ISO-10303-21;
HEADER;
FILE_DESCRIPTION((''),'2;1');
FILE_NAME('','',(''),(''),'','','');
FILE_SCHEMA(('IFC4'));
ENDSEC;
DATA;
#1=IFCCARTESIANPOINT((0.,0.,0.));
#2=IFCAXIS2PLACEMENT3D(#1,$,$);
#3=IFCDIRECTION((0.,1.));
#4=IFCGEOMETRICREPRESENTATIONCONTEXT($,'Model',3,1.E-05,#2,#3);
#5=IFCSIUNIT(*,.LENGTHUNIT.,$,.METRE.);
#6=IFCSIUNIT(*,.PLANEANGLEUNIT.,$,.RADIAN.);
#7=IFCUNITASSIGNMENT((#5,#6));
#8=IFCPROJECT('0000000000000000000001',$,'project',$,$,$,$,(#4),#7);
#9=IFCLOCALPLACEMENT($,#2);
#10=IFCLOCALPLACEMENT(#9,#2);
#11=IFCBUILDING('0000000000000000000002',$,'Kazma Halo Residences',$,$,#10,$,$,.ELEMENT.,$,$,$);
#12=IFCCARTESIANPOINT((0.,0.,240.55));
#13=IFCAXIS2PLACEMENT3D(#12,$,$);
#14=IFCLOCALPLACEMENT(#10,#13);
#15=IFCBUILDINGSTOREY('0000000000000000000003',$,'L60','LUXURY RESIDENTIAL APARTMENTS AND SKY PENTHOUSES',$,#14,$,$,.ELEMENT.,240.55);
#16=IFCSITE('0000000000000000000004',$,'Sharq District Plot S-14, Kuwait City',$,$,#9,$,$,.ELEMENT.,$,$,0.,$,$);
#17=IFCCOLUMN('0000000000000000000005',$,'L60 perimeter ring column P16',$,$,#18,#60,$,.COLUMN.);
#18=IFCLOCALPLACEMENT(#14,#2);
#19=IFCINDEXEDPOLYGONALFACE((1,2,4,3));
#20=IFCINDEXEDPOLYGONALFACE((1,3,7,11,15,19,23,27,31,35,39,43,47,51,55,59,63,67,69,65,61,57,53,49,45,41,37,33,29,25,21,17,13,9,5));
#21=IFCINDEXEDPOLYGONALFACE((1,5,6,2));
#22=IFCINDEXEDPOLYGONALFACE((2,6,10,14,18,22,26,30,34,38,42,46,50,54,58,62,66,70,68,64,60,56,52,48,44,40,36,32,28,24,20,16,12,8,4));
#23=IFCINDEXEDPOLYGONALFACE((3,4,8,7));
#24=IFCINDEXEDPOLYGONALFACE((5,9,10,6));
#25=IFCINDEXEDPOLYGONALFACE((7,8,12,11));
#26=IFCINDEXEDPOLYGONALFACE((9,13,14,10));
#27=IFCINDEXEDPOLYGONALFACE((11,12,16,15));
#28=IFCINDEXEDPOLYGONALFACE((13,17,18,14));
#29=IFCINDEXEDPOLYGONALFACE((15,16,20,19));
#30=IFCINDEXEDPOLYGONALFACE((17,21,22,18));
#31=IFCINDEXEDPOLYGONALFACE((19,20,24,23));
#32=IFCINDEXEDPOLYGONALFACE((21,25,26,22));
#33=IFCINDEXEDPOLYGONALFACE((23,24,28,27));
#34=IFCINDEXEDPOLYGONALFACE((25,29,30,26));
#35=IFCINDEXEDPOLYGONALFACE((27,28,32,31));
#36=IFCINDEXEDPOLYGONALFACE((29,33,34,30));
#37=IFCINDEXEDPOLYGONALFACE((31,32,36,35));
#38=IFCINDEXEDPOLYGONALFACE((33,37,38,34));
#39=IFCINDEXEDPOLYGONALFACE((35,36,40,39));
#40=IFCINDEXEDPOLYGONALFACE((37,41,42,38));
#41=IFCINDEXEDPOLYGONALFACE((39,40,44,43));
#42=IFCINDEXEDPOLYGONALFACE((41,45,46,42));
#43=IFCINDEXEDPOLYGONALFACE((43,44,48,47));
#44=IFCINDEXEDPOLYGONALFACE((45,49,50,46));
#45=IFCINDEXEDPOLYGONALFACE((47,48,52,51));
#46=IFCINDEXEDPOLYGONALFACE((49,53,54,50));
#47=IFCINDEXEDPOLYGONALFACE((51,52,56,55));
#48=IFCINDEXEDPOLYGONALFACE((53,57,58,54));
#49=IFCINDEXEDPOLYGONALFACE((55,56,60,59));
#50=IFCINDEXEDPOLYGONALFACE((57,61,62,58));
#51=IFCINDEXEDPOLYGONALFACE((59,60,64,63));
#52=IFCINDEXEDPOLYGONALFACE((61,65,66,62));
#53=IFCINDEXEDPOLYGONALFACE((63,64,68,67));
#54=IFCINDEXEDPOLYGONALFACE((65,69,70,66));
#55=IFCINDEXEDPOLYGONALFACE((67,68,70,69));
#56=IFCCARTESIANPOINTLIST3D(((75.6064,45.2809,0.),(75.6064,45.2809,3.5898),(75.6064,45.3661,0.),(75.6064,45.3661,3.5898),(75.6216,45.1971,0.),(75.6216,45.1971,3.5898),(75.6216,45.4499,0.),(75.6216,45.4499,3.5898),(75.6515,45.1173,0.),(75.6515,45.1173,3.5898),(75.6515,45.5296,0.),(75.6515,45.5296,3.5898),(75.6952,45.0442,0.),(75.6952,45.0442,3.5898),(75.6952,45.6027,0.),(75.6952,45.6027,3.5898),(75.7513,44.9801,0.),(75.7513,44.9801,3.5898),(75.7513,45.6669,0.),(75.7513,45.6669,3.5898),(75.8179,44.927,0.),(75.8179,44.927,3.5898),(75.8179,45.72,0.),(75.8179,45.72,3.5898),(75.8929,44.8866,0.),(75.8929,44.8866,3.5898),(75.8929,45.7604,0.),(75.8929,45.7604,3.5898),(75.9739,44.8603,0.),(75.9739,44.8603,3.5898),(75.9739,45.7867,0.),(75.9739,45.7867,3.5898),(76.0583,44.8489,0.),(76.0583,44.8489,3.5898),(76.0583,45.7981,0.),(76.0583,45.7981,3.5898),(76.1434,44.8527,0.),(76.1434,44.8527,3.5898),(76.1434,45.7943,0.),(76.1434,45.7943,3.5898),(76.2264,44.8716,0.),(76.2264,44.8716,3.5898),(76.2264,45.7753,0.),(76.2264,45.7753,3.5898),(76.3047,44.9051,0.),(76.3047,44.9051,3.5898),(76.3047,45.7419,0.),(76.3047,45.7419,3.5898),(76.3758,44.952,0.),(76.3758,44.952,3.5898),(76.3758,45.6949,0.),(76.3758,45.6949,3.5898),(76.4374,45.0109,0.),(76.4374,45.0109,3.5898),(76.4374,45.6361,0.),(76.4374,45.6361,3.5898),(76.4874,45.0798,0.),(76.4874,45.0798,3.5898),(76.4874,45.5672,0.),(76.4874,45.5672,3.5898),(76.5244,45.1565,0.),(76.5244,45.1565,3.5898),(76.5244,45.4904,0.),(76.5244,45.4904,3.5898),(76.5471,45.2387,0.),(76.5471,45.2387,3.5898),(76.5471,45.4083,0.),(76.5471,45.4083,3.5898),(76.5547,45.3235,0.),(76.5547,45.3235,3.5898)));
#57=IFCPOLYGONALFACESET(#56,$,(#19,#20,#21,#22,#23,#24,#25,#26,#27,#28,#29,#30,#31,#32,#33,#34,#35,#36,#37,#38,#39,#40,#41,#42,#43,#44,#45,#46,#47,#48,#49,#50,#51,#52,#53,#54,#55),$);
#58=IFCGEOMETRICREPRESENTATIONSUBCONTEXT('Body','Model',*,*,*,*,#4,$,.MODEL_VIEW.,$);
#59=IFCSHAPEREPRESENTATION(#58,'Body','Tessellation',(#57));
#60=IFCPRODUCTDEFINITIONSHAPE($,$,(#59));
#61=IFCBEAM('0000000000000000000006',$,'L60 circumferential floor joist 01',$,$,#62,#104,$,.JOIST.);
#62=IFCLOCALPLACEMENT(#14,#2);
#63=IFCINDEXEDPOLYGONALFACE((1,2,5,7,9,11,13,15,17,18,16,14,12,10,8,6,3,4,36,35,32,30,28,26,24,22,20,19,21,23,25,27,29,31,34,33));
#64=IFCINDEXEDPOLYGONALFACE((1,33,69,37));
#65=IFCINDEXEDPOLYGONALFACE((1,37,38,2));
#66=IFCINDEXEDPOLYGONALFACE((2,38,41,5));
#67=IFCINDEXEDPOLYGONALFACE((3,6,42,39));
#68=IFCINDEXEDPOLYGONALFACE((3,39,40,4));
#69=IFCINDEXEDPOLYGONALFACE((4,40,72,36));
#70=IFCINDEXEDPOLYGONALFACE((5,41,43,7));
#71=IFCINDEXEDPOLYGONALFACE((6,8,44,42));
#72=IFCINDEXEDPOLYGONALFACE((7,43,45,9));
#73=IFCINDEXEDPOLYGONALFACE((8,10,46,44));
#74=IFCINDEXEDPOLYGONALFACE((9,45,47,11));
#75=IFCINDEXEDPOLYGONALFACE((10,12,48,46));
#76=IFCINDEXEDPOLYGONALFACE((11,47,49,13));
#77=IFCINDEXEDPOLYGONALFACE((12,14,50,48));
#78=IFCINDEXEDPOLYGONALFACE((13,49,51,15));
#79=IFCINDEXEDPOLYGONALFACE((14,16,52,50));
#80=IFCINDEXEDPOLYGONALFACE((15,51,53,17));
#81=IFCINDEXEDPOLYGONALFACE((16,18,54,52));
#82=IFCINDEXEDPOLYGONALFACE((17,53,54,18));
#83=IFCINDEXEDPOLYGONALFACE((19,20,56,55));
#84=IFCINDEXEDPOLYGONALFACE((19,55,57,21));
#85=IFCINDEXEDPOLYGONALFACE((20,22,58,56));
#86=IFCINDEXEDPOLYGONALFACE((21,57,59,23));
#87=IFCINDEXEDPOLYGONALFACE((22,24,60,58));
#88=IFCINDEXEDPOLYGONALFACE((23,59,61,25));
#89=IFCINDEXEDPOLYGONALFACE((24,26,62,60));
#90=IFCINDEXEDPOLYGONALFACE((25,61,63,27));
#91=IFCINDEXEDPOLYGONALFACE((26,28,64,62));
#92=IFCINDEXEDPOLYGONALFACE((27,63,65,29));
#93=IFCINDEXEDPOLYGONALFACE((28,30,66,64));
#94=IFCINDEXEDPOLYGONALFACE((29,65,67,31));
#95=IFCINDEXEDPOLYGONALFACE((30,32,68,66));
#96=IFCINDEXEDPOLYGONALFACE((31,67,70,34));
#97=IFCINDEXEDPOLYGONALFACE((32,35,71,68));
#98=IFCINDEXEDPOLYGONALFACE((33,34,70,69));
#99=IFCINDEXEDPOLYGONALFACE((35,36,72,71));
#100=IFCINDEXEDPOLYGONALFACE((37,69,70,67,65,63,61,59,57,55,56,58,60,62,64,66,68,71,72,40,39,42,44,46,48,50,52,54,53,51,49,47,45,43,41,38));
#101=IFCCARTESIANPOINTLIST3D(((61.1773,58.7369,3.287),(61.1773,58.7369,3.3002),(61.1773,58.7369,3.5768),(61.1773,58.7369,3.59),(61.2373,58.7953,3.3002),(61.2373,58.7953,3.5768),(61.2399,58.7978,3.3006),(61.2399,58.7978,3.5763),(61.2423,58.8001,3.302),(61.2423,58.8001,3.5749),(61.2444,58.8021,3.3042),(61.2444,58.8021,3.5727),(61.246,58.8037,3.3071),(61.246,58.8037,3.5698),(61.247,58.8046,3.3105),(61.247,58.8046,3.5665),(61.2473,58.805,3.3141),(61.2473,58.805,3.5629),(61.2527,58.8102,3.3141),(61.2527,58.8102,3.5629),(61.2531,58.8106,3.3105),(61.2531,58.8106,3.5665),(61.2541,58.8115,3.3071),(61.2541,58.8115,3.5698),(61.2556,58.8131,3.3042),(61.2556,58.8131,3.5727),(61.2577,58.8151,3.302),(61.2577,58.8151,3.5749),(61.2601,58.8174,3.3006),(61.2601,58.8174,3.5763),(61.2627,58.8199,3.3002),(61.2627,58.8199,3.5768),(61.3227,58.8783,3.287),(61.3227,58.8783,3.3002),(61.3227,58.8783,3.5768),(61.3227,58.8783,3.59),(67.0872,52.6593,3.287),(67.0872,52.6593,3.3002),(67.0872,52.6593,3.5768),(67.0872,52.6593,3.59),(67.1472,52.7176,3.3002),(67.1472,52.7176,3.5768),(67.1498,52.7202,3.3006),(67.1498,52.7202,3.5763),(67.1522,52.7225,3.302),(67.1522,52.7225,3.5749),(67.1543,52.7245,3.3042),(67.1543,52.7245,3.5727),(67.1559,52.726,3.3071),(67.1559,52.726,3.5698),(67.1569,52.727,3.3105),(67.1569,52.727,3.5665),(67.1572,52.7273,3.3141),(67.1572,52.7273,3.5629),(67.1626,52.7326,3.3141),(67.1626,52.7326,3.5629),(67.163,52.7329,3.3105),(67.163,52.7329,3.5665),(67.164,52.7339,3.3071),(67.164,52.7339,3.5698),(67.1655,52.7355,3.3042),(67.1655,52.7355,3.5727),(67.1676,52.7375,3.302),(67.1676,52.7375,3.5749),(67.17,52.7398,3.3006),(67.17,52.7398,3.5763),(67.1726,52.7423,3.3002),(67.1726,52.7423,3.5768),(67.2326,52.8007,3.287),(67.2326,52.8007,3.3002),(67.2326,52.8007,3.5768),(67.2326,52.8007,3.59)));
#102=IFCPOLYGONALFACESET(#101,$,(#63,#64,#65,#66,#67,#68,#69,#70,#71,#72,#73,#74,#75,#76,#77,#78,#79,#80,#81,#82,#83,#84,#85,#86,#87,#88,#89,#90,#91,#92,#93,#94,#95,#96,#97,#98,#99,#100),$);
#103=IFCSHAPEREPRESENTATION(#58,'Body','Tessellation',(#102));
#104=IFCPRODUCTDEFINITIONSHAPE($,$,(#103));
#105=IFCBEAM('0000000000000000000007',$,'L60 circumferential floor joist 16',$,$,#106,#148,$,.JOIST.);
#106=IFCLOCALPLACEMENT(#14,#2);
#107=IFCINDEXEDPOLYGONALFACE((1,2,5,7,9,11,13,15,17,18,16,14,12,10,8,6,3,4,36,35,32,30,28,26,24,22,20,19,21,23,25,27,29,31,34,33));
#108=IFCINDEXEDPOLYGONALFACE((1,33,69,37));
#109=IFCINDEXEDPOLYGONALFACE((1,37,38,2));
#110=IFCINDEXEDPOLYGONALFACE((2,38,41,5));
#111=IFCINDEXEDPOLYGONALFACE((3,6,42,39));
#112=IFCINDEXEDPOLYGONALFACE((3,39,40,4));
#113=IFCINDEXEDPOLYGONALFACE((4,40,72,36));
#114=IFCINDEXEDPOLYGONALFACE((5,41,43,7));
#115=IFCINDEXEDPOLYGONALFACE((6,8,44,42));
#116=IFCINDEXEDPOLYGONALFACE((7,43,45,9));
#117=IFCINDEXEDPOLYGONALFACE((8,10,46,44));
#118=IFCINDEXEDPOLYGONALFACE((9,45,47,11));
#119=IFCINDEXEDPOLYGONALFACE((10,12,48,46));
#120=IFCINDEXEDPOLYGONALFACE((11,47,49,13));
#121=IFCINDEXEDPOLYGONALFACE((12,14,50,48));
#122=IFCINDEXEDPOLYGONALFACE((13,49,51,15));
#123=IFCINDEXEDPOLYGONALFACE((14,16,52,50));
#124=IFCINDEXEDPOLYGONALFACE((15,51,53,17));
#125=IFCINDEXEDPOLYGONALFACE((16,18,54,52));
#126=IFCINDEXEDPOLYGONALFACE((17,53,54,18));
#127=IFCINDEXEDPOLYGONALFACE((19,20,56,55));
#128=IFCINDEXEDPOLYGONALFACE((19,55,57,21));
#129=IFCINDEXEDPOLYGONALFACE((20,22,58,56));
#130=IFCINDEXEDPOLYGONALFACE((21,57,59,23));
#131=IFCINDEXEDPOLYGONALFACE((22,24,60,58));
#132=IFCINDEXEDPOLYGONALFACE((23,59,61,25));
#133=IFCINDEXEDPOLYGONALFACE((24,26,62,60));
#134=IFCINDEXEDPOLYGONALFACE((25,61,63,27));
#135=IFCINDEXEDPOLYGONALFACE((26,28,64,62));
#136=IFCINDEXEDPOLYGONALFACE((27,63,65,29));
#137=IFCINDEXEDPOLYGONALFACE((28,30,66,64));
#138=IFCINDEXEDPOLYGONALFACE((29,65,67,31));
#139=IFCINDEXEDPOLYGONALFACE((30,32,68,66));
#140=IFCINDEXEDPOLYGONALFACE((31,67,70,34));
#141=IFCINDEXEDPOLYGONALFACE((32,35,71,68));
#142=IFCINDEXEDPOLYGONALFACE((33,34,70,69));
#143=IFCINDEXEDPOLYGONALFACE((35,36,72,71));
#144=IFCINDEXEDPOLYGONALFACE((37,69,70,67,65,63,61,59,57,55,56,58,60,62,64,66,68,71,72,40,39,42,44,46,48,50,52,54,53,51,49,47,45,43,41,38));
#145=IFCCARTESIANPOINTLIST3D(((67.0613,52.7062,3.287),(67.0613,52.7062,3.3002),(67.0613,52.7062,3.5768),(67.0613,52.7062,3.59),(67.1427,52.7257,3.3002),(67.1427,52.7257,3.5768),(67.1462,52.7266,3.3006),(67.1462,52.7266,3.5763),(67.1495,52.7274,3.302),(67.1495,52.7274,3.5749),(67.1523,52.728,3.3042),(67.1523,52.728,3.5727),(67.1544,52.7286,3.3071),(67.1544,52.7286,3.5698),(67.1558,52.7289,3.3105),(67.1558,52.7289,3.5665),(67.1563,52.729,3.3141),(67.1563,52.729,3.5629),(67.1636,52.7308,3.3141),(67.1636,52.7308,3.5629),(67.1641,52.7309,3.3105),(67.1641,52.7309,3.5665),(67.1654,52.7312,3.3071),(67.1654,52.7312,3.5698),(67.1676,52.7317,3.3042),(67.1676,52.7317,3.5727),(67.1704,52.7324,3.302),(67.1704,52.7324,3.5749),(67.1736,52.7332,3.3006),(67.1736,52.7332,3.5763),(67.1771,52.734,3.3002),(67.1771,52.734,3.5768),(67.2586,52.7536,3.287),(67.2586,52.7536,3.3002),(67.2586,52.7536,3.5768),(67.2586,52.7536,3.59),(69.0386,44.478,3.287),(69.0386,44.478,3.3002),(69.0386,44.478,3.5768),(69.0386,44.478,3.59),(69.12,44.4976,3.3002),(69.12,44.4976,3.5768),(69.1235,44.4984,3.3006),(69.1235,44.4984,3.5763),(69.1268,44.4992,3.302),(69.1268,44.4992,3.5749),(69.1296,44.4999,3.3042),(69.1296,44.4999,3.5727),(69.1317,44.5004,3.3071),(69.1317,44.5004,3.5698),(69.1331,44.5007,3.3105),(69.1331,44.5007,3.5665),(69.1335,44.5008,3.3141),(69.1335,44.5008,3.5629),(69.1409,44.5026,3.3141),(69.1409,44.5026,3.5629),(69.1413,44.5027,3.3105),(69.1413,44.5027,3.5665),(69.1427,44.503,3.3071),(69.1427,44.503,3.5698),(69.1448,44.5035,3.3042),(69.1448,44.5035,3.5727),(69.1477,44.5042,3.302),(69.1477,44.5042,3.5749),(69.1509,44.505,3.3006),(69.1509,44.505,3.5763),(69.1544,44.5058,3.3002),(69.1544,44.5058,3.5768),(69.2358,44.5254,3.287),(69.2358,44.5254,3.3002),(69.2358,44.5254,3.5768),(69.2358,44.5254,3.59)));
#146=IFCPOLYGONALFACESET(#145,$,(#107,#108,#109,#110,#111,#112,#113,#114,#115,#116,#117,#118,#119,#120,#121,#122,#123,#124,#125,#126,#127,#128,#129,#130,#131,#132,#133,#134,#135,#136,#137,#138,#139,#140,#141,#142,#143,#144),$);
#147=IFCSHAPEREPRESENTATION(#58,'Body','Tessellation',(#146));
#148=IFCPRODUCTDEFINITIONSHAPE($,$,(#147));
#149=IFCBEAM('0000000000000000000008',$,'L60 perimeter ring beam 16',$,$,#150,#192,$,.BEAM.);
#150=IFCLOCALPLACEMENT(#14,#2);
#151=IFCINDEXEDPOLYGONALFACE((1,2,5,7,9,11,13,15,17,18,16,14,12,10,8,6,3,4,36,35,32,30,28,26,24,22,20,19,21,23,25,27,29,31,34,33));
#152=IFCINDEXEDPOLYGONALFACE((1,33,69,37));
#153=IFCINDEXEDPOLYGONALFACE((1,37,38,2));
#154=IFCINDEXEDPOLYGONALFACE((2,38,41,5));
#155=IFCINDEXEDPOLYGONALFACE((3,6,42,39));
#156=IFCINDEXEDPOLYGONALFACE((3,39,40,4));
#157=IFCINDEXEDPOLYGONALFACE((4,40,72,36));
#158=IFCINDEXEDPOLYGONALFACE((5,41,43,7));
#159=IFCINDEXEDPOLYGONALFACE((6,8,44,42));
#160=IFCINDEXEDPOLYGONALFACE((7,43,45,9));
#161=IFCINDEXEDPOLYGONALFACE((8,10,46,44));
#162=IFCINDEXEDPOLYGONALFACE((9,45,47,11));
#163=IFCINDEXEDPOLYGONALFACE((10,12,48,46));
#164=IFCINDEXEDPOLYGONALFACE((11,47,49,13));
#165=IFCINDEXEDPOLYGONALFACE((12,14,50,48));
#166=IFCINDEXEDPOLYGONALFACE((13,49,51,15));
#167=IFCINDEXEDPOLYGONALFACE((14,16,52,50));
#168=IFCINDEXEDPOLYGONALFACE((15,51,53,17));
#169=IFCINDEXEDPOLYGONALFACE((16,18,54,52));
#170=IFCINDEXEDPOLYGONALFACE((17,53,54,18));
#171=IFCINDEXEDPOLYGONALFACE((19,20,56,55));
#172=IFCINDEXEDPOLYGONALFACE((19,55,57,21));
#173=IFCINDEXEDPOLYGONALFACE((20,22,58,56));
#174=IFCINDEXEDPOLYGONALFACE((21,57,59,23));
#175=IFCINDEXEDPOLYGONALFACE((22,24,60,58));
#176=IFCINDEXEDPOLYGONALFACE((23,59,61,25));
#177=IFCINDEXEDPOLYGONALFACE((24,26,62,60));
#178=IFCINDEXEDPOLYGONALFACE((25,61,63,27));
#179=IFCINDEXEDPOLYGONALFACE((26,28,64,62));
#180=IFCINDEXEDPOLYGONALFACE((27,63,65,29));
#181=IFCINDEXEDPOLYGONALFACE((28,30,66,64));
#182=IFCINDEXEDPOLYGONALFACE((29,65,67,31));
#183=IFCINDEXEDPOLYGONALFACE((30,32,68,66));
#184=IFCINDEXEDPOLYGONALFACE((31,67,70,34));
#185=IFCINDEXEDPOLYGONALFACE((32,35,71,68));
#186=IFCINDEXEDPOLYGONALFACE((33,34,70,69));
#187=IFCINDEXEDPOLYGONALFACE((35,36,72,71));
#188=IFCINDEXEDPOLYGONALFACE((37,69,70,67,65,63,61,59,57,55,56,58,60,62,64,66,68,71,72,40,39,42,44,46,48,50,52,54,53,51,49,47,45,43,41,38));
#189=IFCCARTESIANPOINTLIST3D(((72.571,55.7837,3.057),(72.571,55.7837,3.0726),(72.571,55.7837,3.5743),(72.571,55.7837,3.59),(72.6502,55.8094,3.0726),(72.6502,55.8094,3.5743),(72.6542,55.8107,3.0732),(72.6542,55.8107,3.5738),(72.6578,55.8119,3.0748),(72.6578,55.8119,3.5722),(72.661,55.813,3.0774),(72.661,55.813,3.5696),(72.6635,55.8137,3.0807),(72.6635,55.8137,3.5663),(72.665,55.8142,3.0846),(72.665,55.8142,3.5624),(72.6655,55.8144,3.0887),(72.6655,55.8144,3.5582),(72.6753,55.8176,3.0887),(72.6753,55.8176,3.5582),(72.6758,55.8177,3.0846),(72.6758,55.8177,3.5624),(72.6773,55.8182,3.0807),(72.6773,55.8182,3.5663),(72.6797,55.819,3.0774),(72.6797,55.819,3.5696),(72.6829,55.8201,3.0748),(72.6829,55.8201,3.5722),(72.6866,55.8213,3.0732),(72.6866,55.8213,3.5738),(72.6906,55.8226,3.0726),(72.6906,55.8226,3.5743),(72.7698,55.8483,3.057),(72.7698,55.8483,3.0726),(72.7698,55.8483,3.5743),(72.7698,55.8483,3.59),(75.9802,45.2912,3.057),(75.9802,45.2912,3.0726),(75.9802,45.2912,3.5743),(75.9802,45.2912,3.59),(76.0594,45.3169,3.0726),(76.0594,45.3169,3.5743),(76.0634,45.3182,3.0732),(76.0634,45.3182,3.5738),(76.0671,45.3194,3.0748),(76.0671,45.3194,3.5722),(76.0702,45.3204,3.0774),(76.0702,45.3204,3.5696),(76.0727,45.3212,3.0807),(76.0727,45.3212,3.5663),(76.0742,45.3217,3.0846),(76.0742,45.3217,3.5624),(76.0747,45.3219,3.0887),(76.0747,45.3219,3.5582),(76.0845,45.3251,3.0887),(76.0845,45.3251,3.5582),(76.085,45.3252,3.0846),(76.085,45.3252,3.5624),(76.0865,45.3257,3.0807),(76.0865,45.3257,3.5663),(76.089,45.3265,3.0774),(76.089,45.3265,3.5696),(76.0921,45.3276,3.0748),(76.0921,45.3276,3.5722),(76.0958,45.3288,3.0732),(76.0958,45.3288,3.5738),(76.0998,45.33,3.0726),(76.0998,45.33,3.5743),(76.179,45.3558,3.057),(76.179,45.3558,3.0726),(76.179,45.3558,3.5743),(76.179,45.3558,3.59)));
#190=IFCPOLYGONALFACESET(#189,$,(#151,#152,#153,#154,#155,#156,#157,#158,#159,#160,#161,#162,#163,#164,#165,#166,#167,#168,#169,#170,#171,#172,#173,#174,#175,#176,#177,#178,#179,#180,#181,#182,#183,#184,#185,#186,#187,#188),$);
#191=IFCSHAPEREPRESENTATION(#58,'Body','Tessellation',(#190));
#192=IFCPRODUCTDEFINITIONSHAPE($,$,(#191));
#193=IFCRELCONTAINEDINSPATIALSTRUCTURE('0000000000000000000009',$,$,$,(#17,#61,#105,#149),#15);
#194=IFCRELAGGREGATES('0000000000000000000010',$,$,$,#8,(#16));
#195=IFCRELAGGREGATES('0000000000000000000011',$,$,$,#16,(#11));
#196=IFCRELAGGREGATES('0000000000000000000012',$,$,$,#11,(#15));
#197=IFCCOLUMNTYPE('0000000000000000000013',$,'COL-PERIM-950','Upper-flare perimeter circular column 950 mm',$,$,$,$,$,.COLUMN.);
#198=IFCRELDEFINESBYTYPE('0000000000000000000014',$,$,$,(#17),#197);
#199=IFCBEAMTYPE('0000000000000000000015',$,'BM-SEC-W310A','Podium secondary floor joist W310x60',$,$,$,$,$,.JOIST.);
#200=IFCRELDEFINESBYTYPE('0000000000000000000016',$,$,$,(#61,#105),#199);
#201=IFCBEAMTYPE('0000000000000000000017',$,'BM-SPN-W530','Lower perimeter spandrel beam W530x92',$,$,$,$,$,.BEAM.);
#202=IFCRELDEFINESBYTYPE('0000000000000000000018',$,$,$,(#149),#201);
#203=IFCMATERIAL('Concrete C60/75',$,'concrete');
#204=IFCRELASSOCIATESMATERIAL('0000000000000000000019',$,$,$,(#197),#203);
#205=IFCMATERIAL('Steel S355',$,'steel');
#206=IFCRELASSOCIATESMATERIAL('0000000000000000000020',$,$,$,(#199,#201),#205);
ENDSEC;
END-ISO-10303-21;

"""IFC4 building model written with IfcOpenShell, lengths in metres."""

from ifc_helpers import new_model, si_unit, direction, frame, origin, origin_2d, place, context, subcontext, project, spatial, circle, i_section, extrude, material, material_profile, profile_set, type_object, element, save


model = new_model("IFC4")

# Units and contexts
model_context = context("Model", 3, precision=1e-05, world=origin(), true_north=direction((0.0, 1.0)))
body_context = subcontext(model_context, "Body", "Model", "MODEL_VIEW")
ifc_project = project(units=[si_unit("LENGTHUNIT", "METRE"), si_unit("PLANEANGLEUNIT", "RADIAN")], contexts=[model_context])

# Site, building, storey
site_placement = place(None, origin())
site = spatial("IfcSite", under=ifc_project, at=site_placement, Name="Sharq District Plot S-14, Kuwait City", CompositionType="ELEMENT", RefElevation=0.0)
building_placement = place(site_placement, origin())
building = spatial("IfcBuilding", under=site, at=building_placement, Name="Kazma Halo Residences", CompositionType="ELEMENT")
storey_placement = place(building_placement, frame((0.0, 0.0, 240.55)))
storey = spatial("IfcBuildingStorey", under=building, at=storey_placement, Name="L60", Description="LUXURY RESIDENTIAL APARTMENTS AND SKY PENTHOUSES", CompositionType="ELEMENT", Elevation=240.55)

# Column
ifc_material_1 = material(Name="Concrete C60/75", Category="concrete")
ifc_material_profile_1 = material_profile(ifc_material_1, circle(Radius=0.4751, at=origin_2d()), Name="CIRC950")
ifc_profile_set_1 = profile_set([ifc_material_profile_1], Name="Concrete C60/75")
column_type = type_object("IfcColumnType", Name="COL-PERIM-950", Description="Upper-flare perimeter circular column 950 mm", PredefinedType="COLUMN", material=ifc_profile_set_1)
column_placement = place(storey_placement, frame((76.0796, 45.3235, 0.0), z_axis=(0.0, 0.0, 1.0), x_axis=(1.0, 0.0, 0.0)))
element("IfcColumn", 1, at=column_placement, inside=storey, type_object=column_type, Name="L60 perimeter ring column P16", PredefinedType="COLUMN", context=body_context, shape_type="SweptSolid", body=[
    extrude(circle(Radius=0.4751, at=origin_2d()), origin(), (0.0, 0.0, 1.0), 3.5898),
])

# Beams
ifc_material_2 = material(Name="Steel S355", Category="steel")
ifc_material_profile_2 = material_profile(ifc_material_2, i_section(OverallWidth=0.2029, OverallDepth=0.303, WebThickness=0.0076, FlangeThickness=0.0132, FilletRadius=0.0139, at=origin_2d()), Name="W310x60")
ifc_profile_set_2 = profile_set([ifc_material_profile_2], Name="Steel S355")
beam_type_1 = type_object("IfcBeamType", Name="BM-SEC-W310A", Description="Podium secondary floor joist W310x60", PredefinedType="JOIST", material=ifc_profile_set_2)
beam_1_placement = place(storey_placement, frame((67.1599, 52.73, 3.4385), z_axis=(-0.697145, 0.71693, 0.0), x_axis=(-0.71693, -0.697145, 0.0)))
element("IfcBeam", 2, at=beam_1_placement, inside=storey, type_object=beam_type_1, Name="L60 circumferential floor joist 01", PredefinedType="JOIST", context=body_context, shape_type="SweptSolid", body=[
    extrude(i_section(OverallWidth=0.2029, OverallDepth=0.303, WebThickness=0.0076, FlangeThickness=0.0132, FilletRadius=0.0139, at=origin_2d()), origin(), (0.0, 0.0, 1.0), 8.4773),
])
beam_2_placement = place(storey_placement, frame((69.1372, 44.5017, 3.4385), z_axis=(-0.233653, 0.97232, 0.0), x_axis=(-0.97232, -0.233653, 0.0)))
element("IfcBeam", 3, at=beam_2_placement, inside=storey, type_object=beam_type_1, Name="L60 circumferential floor joist 16", PredefinedType="JOIST", context=body_context, shape_type="SweptSolid", body=[
    extrude(i_section(OverallWidth=0.2029, OverallDepth=0.303, WebThickness=0.0076, FlangeThickness=0.0132, FilletRadius=0.0139, at=origin_2d()), origin(), (0.0, 0.0, 1.0), 8.4624),
])
ifc_material_profile_3 = material_profile(ifc_material_2, i_section(OverallWidth=0.209, OverallDepth=0.533, WebThickness=0.0103, FlangeThickness=0.0156, FilletRadius=0.0161, at=origin_2d()), Name="W530x92")
ifc_profile_set_3 = profile_set([ifc_material_profile_3], Name="Steel S355")
beam_type_2 = type_object("IfcBeamType", Name="BM-SPN-W530", Description="Lower perimeter spandrel beam W530x92", PredefinedType="BEAM", material=ifc_profile_set_3)
beam_3_placement = place(storey_placement, frame((76.0796, 45.3235, 3.3235), z_axis=(-0.309016, 0.951057, 0.0), x_axis=(-0.951057, -0.309016, 0.0)))
element("IfcBeam", 4, at=beam_3_placement, inside=storey, type_object=beam_type_2, Name="L60 perimeter ring beam 16", PredefinedType="BEAM", context=body_context, shape_type="SweptSolid", body=[
    extrude(i_section(OverallWidth=0.209, OverallDepth=0.533, WebThickness=0.0103, FlangeThickness=0.0156, FilletRadius=0.0161, at=origin_2d()), origin(), (0.0, 0.0, 1.0), 11.0325),
])

save(model, "model.ifc")
